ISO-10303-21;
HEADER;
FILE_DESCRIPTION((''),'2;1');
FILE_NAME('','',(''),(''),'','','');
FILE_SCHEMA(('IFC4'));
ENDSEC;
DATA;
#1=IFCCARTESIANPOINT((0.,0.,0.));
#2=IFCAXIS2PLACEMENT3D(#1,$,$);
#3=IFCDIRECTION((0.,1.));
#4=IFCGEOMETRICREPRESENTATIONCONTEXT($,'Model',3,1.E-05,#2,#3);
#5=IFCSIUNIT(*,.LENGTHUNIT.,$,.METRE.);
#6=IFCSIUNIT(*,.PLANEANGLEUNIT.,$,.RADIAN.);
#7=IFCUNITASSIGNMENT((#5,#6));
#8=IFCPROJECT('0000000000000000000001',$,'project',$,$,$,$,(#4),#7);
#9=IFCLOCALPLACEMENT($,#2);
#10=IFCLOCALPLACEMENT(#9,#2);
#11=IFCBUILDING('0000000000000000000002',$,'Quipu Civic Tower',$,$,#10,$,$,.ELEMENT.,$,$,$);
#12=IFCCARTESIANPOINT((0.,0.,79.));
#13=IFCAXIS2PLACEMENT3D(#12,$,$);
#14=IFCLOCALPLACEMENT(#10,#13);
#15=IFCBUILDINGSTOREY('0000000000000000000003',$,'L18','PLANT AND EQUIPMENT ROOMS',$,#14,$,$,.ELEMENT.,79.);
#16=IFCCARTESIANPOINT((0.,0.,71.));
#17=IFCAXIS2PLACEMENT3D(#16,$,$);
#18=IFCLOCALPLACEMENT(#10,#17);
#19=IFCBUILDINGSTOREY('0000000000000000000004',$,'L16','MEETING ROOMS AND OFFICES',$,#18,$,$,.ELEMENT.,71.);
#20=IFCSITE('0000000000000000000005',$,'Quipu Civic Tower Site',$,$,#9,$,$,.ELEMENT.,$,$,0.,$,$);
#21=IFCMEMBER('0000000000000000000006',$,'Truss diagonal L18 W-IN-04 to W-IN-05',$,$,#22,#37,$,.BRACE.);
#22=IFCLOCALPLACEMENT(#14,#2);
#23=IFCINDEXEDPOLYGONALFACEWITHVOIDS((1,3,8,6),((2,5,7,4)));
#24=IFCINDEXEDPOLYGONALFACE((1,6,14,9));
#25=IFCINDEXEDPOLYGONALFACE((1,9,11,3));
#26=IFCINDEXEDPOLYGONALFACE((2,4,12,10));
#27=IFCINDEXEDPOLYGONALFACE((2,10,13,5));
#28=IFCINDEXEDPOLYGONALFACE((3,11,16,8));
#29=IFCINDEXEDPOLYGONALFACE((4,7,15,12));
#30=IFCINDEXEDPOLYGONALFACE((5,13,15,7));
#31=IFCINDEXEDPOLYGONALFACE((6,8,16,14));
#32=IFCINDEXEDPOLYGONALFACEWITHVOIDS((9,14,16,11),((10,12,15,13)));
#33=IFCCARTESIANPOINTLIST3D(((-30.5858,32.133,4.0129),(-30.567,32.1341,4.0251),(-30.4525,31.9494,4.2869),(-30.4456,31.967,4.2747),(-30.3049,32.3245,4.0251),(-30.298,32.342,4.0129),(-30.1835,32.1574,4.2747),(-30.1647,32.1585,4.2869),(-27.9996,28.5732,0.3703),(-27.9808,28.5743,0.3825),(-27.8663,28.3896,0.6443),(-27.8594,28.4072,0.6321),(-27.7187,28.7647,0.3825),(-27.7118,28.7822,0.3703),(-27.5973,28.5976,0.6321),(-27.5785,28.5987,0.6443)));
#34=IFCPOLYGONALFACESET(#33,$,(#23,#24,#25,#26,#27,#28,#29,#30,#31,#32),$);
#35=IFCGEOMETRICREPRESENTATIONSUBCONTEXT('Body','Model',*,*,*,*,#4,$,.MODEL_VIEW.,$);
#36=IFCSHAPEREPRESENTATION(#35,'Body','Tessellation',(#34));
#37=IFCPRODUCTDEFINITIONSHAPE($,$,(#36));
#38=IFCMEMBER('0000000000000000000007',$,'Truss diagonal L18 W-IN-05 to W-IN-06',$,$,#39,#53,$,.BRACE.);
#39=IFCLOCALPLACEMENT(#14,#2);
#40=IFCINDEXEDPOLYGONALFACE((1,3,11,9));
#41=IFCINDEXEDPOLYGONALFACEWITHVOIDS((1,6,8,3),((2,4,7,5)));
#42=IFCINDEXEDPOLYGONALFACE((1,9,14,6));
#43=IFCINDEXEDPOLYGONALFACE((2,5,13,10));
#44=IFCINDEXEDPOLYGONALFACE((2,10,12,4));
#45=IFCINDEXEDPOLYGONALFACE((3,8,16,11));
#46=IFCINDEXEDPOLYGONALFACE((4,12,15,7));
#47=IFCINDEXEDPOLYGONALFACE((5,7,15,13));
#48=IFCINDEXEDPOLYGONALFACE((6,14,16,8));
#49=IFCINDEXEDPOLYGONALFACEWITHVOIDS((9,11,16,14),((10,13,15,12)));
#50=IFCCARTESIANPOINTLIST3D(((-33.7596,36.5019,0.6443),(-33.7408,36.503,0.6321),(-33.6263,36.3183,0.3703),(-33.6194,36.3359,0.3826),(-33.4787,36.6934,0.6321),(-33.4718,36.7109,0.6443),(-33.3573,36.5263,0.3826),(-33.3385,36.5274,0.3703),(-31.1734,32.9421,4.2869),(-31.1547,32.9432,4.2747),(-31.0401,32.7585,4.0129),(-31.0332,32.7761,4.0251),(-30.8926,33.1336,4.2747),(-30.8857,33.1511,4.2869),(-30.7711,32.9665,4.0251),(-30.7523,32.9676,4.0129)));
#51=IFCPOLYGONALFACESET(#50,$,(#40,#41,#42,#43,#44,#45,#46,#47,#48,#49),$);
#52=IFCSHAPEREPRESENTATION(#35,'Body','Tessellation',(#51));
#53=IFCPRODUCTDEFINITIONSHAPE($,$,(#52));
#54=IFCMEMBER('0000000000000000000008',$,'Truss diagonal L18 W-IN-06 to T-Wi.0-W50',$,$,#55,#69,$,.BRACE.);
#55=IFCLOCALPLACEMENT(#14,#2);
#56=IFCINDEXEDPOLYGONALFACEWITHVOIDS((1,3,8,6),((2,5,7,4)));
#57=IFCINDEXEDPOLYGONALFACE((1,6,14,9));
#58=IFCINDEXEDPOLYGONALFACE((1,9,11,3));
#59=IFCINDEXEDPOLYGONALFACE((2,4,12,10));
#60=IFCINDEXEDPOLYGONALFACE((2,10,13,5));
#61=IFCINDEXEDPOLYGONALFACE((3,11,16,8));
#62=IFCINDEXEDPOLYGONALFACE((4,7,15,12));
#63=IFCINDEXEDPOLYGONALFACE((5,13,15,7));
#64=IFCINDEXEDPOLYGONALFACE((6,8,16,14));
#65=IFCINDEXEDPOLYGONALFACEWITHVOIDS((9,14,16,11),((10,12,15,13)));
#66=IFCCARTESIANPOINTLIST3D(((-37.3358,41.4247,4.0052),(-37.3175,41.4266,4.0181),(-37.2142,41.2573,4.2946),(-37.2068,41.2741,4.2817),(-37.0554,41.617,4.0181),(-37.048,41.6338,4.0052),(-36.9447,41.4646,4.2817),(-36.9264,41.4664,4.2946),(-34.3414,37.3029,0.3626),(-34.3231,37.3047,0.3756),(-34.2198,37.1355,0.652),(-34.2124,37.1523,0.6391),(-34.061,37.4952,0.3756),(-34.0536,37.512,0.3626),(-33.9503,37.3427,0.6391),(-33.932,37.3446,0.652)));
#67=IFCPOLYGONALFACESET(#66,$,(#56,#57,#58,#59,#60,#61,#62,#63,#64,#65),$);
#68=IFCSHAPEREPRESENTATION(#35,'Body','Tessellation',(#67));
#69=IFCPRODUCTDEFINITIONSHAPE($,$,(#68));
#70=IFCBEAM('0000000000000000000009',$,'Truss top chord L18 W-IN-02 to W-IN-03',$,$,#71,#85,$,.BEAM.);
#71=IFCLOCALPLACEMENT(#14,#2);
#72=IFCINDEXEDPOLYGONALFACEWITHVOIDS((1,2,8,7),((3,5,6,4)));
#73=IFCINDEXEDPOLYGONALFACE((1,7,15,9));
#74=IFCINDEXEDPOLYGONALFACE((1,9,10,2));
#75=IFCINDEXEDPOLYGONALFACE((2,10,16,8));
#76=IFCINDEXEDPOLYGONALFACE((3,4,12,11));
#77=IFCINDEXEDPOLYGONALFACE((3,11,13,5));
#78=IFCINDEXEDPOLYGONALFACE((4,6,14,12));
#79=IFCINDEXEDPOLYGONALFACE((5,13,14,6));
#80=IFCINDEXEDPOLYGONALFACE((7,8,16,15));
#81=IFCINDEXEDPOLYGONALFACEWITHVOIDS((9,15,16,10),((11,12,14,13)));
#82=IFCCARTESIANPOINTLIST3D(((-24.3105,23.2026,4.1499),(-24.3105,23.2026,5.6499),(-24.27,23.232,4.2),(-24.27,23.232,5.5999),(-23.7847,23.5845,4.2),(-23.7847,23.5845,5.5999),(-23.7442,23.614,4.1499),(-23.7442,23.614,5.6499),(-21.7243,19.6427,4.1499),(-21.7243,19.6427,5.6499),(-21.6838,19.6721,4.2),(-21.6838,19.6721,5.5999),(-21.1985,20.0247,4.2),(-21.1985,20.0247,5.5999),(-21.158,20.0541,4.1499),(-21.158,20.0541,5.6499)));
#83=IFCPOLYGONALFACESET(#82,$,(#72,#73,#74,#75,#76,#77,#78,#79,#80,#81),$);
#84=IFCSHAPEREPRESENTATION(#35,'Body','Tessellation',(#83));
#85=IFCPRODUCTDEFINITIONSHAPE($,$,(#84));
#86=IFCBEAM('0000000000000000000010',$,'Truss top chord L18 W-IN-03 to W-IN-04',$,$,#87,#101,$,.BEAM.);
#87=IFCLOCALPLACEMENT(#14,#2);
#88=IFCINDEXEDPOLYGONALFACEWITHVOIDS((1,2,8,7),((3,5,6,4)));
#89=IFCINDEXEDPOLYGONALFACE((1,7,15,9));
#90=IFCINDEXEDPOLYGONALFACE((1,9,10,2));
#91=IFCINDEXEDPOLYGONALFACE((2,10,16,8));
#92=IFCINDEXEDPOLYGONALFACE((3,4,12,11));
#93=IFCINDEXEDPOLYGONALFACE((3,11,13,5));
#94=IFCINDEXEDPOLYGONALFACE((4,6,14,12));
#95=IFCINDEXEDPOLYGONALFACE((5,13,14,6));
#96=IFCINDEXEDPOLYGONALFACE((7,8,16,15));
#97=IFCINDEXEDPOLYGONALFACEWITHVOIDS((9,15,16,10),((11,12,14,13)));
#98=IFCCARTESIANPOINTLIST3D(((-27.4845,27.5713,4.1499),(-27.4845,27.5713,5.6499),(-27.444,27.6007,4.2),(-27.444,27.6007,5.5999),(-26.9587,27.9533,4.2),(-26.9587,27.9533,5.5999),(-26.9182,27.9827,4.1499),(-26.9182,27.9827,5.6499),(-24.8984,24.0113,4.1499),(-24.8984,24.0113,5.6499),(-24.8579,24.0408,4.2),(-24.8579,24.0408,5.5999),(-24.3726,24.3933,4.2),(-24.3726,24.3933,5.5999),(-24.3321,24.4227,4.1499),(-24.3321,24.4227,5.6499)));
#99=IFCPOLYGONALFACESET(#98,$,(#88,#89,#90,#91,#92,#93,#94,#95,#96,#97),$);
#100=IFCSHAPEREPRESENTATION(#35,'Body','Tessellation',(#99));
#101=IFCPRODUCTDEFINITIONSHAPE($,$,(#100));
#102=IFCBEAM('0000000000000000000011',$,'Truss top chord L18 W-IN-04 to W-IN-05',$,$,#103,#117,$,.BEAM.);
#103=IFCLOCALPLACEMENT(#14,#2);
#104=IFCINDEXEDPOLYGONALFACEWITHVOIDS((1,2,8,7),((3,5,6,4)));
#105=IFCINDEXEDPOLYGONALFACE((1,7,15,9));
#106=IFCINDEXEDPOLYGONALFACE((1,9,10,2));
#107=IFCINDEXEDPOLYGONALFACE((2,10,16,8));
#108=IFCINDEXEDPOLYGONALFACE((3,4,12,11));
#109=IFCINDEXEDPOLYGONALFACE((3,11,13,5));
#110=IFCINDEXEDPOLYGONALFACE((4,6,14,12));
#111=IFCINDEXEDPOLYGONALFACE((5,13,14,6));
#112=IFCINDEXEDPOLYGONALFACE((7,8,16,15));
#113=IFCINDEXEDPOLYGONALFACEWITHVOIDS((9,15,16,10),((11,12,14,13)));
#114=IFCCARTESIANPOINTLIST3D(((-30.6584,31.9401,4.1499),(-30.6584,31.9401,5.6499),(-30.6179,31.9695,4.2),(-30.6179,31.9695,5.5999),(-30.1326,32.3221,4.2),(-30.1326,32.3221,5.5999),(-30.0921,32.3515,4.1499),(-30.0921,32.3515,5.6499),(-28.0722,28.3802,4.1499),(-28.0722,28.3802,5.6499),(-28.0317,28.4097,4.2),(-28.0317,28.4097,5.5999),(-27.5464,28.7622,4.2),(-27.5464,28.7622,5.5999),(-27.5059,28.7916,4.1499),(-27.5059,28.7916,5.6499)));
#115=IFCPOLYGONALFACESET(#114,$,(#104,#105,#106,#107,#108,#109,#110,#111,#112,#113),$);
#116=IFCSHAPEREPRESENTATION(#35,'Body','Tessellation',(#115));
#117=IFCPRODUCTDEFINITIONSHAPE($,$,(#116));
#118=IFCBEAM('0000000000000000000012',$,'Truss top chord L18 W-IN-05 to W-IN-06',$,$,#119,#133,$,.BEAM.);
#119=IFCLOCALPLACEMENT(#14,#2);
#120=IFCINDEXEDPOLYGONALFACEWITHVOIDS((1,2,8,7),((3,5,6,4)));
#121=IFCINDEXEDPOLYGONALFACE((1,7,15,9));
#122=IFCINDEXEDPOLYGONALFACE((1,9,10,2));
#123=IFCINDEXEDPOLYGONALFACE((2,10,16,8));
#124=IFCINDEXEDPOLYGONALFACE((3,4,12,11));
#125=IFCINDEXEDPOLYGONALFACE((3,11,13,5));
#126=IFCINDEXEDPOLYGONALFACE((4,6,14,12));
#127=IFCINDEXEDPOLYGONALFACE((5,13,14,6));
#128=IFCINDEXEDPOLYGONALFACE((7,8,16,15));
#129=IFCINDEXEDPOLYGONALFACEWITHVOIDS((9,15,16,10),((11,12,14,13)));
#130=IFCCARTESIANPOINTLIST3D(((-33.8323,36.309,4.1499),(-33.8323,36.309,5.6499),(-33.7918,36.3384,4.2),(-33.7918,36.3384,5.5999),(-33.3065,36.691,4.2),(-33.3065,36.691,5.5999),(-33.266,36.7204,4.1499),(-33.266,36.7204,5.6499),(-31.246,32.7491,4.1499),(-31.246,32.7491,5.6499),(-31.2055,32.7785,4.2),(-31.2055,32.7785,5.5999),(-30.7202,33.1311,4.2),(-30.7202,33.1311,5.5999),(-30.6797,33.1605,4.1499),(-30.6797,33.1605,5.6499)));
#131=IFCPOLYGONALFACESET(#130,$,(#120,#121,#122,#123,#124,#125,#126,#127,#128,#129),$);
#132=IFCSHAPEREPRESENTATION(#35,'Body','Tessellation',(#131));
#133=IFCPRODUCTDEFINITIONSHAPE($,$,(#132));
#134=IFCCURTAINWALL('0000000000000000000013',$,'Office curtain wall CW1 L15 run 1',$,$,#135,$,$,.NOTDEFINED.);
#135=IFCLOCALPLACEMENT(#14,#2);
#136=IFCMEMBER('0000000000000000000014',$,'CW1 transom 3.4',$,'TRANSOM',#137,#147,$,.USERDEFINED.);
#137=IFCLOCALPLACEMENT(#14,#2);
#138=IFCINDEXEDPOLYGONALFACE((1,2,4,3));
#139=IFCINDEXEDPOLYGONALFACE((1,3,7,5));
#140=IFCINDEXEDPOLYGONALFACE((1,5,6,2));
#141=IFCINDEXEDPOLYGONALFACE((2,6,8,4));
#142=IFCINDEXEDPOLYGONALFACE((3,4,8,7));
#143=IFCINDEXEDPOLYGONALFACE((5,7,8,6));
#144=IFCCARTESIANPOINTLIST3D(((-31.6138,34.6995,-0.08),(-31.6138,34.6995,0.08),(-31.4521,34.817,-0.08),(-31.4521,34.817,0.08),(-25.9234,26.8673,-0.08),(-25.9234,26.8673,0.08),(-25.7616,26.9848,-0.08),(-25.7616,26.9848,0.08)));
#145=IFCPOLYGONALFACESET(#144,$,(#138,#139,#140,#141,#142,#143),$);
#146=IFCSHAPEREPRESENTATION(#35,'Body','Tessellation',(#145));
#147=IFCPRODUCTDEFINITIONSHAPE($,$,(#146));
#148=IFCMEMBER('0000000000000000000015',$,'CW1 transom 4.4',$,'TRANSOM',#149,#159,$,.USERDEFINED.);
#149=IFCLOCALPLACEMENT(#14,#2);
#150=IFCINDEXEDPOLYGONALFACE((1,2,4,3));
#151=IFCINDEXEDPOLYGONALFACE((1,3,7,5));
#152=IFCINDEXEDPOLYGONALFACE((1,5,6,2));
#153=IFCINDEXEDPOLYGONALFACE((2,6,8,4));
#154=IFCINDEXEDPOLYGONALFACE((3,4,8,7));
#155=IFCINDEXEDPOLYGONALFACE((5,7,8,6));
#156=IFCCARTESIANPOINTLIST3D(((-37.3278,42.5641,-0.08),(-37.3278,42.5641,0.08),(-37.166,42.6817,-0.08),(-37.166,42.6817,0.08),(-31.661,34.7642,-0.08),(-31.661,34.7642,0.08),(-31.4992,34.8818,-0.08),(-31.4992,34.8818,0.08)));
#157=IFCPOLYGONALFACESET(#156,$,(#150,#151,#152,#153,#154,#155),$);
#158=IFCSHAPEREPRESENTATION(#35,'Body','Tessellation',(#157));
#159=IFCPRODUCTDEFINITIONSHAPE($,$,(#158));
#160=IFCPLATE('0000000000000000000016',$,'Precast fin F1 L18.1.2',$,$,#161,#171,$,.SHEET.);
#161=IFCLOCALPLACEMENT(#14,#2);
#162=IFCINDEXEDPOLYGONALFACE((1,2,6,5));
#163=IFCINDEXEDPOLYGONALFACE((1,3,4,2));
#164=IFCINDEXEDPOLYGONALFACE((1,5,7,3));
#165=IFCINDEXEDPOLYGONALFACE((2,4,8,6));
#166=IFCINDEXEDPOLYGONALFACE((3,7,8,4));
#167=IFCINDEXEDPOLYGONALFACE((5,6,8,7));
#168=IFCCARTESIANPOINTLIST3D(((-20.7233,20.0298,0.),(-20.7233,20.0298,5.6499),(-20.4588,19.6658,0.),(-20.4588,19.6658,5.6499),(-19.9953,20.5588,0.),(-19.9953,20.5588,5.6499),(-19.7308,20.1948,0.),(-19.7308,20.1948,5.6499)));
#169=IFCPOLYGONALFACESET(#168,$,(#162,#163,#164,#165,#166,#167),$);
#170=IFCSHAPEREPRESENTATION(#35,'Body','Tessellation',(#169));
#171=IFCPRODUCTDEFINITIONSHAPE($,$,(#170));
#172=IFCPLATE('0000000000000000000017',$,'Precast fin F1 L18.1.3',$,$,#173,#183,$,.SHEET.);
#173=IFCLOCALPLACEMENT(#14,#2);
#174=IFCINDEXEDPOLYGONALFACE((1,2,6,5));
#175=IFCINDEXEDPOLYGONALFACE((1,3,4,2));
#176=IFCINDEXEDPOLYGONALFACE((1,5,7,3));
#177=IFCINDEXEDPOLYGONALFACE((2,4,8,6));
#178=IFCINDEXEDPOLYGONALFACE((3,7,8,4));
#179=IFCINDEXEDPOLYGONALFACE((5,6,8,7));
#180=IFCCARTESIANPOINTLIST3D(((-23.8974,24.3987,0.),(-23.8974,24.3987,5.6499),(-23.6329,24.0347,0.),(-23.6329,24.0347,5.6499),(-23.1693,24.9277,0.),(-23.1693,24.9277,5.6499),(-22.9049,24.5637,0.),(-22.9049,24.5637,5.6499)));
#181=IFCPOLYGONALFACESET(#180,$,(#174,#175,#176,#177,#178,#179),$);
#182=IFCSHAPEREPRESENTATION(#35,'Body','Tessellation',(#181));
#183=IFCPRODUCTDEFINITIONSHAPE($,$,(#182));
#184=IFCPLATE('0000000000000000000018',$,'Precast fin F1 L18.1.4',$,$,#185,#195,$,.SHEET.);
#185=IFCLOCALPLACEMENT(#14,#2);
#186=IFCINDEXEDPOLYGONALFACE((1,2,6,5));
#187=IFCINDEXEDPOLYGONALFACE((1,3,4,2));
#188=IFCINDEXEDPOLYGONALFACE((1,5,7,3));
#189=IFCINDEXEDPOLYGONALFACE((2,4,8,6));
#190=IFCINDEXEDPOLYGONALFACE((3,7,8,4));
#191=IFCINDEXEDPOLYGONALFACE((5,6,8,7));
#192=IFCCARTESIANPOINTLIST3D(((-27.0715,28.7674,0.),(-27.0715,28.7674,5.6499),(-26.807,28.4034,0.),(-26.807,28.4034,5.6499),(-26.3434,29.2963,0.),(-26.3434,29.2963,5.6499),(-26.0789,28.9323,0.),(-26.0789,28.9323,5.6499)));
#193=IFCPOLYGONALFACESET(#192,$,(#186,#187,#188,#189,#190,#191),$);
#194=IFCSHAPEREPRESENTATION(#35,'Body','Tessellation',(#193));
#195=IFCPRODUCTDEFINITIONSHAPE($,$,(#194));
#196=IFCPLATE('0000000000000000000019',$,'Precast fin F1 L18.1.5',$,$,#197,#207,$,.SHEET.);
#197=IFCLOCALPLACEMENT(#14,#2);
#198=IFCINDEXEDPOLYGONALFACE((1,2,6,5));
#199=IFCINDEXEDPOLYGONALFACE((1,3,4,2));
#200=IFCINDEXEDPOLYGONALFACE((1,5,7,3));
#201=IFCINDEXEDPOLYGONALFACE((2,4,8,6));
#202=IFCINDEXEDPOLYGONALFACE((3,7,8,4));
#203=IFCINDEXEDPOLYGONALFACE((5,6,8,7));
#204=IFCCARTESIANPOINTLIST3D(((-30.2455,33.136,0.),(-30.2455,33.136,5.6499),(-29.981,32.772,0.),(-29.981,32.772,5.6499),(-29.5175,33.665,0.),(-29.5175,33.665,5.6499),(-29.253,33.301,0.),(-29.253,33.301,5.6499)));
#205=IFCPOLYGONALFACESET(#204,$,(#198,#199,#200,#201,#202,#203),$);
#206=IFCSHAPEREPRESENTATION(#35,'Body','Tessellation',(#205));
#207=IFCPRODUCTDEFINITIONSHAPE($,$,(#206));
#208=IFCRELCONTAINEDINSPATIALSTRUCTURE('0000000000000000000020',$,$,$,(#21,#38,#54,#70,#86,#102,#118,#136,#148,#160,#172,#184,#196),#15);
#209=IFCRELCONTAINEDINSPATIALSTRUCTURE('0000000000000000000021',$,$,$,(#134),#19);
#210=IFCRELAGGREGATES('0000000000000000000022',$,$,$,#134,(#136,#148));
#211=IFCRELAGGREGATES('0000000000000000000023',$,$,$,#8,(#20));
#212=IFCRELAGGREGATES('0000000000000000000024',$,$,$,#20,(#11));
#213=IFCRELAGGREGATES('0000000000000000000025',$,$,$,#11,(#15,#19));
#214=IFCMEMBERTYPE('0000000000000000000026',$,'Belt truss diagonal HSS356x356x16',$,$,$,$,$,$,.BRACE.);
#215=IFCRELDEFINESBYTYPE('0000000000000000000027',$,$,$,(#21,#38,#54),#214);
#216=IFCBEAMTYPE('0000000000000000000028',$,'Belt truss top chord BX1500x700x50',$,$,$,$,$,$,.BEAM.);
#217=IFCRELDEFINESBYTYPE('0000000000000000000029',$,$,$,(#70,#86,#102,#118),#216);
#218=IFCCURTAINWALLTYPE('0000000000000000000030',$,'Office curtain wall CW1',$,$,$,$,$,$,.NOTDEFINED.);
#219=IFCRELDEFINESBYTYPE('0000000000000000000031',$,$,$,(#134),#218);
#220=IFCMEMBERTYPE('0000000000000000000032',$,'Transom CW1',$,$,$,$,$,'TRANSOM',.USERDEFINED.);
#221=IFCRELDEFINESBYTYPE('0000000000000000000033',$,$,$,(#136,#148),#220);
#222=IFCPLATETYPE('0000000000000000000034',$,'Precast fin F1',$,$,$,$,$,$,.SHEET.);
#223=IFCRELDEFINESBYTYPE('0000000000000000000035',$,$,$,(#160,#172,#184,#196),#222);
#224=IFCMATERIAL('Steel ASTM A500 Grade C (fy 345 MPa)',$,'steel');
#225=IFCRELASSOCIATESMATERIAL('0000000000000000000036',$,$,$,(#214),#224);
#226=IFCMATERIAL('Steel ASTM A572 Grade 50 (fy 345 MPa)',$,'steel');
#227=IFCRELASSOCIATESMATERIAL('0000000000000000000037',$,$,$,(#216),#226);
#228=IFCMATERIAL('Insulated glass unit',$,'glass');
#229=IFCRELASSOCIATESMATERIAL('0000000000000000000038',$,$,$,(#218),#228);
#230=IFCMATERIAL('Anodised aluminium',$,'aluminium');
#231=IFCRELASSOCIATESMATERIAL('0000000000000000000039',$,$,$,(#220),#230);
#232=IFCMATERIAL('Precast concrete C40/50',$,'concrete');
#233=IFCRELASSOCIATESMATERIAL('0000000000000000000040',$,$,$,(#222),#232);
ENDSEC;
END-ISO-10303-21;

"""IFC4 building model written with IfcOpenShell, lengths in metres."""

from ifc_helpers import new_model, si_unit, direction, frame, origin, origin_2d, place, context, subcontext, project, spatial, rectangle, hollow_rectangle, extrude, material, material_profile, profile_set, type_object, element, aggregate, save


model = new_model("IFC4")

# Units and contexts
model_context = context("Model", 3, precision=1e-05, world=origin(), true_north=direction((0.0, 1.0)))
body_context = subcontext(model_context, "Body", "Model", "MODEL_VIEW")
ifc_project = project(units=[si_unit("LENGTHUNIT", "METRE"), si_unit("PLANEANGLEUNIT", "RADIAN")], contexts=[model_context])

# Site, building, storey
site_placement = place(None, origin())
site = spatial("IfcSite", under=ifc_project, at=site_placement, Name="Quipu Civic Tower Site", CompositionType="ELEMENT", RefElevation=0.0)
building_placement = place(site_placement, origin())
building = spatial("IfcBuilding", under=site, at=building_placement, Name="Quipu Civic Tower", CompositionType="ELEMENT")
storey_1_placement = place(building_placement, frame((0.0, 0.0, 79.0)))
storey_1 = spatial("IfcBuildingStorey", under=building, at=storey_1_placement, Name="L18", Description="PLANT AND EQUIPMENT ROOMS", CompositionType="ELEMENT", Elevation=79.0)

# Members
ifc_material_1 = material(Name="Steel ASTM A500 Grade C (fy 345 MPa)", Category="steel")
ifc_material_profile_1 = material_profile(ifc_material_1, hollow_rectangle(XDim=0.3557, YDim=0.3557, WallThickness=0.0159, at=origin_2d()), Name="HSS356x356x16")
ifc_profile_set_1 = profile_set([ifc_material_profile_1], Name="Steel ASTM A500 Grade C (fy 345 MPa)")
member_type_1 = type_object("IfcMemberType", Name="Belt truss diagonal HSS356x356x16", PredefinedType="BRACE", material=ifc_profile_set_1)
for number, where, z_axis, x_axis, name in (
    (1, (-27.7891, 28.5859, 0.5073), (-0.452749, 0.623197, 0.637686), (-0.809036, -0.587759, 0.0), "Truss diagonal L18 W-IN-04 to W-IN-05"),
    (2, (-30.9629, 32.9548, 4.1499), (-0.452749, 0.623197, -0.637686), (-0.809036, -0.587759, 0.0), "Truss diagonal L18 W-IN-05 to W-IN-06"),
):
    element("IfcMember", number, at=place(storey_1_placement, frame(where, z_axis=z_axis, x_axis=x_axis)), inside=storey_1, type_object=member_type_1, Name=name, PredefinedType="BRACE", context=body_context, shape_type="SweptSolid", body=[
        extrude(hollow_rectangle(XDim=0.3557, YDim=0.3557, WallThickness=0.0159, at=origin_2d()), origin(), (0.0, 0.0, 1.0), 5.7122),
    ])
member_1_placement = place(storey_1_placement, frame((-34.1367, 37.3237, 0.5073), z_axis=(-0.478113, 0.658132, 0.58161), x_axis=(-0.809045, -0.587747, 0.0)))
element("IfcMember", 3, at=member_1_placement, inside=storey_1, type_object=member_type_1, Name="Truss diagonal L18 W-IN-06 to T-Wi.0-W50", PredefinedType="BRACE", context=body_context, shape_type="SweptSolid", body=[
    extrude(hollow_rectangle(XDim=0.3557, YDim=0.3557, WallThickness=0.0159, at=origin_2d()), origin(), (0.0, 0.0, 1.0), 6.2629),
])

# Beams
ifc_material_2 = material(Name="Steel ASTM A572 Grade 50 (fy 345 MPa)", Category="steel")
ifc_material_profile_2 = material_profile(ifc_material_2, hollow_rectangle(XDim=0.7, YDim=1.5, WallThickness=0.05, at=origin_2d()), Name="BX1500x700x50")
ifc_profile_set_2 = profile_set([ifc_material_profile_2], Name="Steel ASTM A572 Grade 50 (fy 345 MPa)")
beam_type_1 = type_object("IfcBeamType", Name="Belt truss top chord BX1500x700x50", PredefinedType="BEAM", material=ifc_profile_set_2)
for number, where, z_axis, x_axis, name in (
    (4, (-21.4412, 19.8484, 4.8999), (-0.587759, 0.809036, 0.0), (-0.809036, -0.587759, 0.0), "Truss top chord L18 W-IN-02 to W-IN-03"),
    (5, (-24.6152, 24.217, 4.8999), (-0.587733, 0.809055, 0.0), (-0.809055, -0.587733, 0.0), "Truss top chord L18 W-IN-03 to W-IN-04"),
    (6, (-27.7891, 28.5859, 4.8999), (-0.587759, 0.809036, 0.0), (-0.809036, -0.587759, 0.0), "Truss top chord L18 W-IN-04 to W-IN-05"),
    (7, (-30.9629, 32.9548, 4.8999), (-0.587759, 0.809036, 0.0), (-0.809036, -0.587759, 0.0), "Truss top chord L18 W-IN-05 to W-IN-06"),
):
    element("IfcBeam", number, at=place(storey_1_placement, frame(where, z_axis=z_axis, x_axis=x_axis)), inside=storey_1, type_object=beam_type_1, Name=name, PredefinedType="BEAM", context=body_context, shape_type="SweptSolid", body=[
        extrude(hollow_rectangle(XDim=0.7, YDim=1.5, WallThickness=0.05, at=origin_2d()), origin(), (0.0, 0.0, 1.0), 4.4001),
    ])

# Shared definitions
storey_2_placement = place(building_placement, frame((0.0, 0.0, 71.0)))
storey_2 = spatial("IfcBuildingStorey", under=building, at=storey_2_placement, Name="L16", Description="MEETING ROOMS AND OFFICES", CompositionType="ELEMENT", Elevation=71.0)

# Curtain wall, members
ifc_material_3 = material(Name="Insulated glass unit", Category="glass")
curtain_wall_type = type_object("IfcCurtainWallType", Name="Office curtain wall CW1", PredefinedType="NOTDEFINED", material=ifc_material_3)
curtain_wall_placement = place(storey_2_placement, origin())
curtain_wall = element("IfcCurtainWall", 8, at=curtain_wall_placement, inside=storey_2, type_object=curtain_wall_type, Name="Office curtain wall CW1 L15 run 1", PredefinedType="NOTDEFINED")
ifc_material_4 = material(Name="Anodised aluminium", Category="aluminium")
ifc_material_profile_3 = material_profile(ifc_material_4, rectangle(XDim=0.2, YDim=0.1599, at=origin_2d()), Name="RECT 200x160")
ifc_profile_set_3 = profile_set([ifc_material_profile_3], Name="Anodised aluminium")
member_type_2 = type_object("IfcMemberType", Name="Transom CW1", ElementType="TRANSOM", PredefinedType="USERDEFINED", material=ifc_profile_set_3)
member_2_placement = place(storey_1_placement, frame((-25.8425, 26.926, 0.0), z_axis=(-0.587782, 0.80902, 0.0), x_axis=(-0.80902, -0.587782, 0.0)))
member_2 = element("IfcMember", 9, at=member_2_placement, inside=storey_1, type_object=member_type_2, Name="CW1 transom 3.4", ObjectType="TRANSOM", PredefinedType="USERDEFINED", context=body_context, shape_type="SweptSolid", body=[
    extrude(rectangle(XDim=0.2, YDim=0.1599, at=origin_2d()), origin(), (0.0, 0.0, 1.0), 9.6812),
])
member_3_placement = place(storey_1_placement, frame((-31.5801, 34.823, 0.0), z_axis=(-0.587776, 0.809024, 0.0), x_axis=(-0.809024, -0.587776, 0.0)))
member_3 = element("IfcMember", 10, at=member_3_placement, inside=storey_1, type_object=member_type_2, Name="CW1 transom 4.4", ObjectType="TRANSOM", PredefinedType="USERDEFINED", context=body_context, shape_type="SweptSolid", body=[
    extrude(rectangle(XDim=0.2, YDim=0.1599, at=origin_2d()), origin(), (0.0, 0.0, 1.0), 9.6411),
])
aggregate(curtain_wall, [member_2, member_3])

# Plates
ifc_material_5 = material(Name="Precast concrete C40/50", Category="concrete")
plate_type = type_object("IfcPlateType", Name="Precast fin F1", PredefinedType="SHEET", material=ifc_material_5)
for number, where, z_axis, x_axis, name in (
    (11, (-20.2271, 20.1123, 0.0), (0.0, 0.0, 1.0), (-0.587785, 0.809017, 0.0), "Precast fin F1 L18.1.2"),
    (12, (-23.4011, 24.4812, 0.0), (0.0, 0.0, 1.0), (-0.587785, 0.809017, 0.0), "Precast fin F1 L18.1.3"),
    (13, (-26.5752, 28.8499, 0.0), (0.0, 0.0, 1.0), (-0.587785, 0.809017, 0.0), "Precast fin F1 L18.1.4"),
    (14, (-29.7493, 33.2185, 0.0), (0.0, 0.0, 1.0), (-0.587785, 0.809017, 0.0), "Precast fin F1 L18.1.5"),
):
    element("IfcPlate", number, at=place(storey_1_placement, frame(where, z_axis=z_axis, x_axis=x_axis)), inside=storey_1, type_object=plate_type, Name=name, PredefinedType="SHEET", context=body_context, shape_type="SweptSolid", body=[
        extrude(rectangle(XDim=0.45, YDim=0.8999, at=origin_2d()), origin(), (0.0, 0.0, 1.0), 5.6499),
    ])

save(model, "model.ifc")
